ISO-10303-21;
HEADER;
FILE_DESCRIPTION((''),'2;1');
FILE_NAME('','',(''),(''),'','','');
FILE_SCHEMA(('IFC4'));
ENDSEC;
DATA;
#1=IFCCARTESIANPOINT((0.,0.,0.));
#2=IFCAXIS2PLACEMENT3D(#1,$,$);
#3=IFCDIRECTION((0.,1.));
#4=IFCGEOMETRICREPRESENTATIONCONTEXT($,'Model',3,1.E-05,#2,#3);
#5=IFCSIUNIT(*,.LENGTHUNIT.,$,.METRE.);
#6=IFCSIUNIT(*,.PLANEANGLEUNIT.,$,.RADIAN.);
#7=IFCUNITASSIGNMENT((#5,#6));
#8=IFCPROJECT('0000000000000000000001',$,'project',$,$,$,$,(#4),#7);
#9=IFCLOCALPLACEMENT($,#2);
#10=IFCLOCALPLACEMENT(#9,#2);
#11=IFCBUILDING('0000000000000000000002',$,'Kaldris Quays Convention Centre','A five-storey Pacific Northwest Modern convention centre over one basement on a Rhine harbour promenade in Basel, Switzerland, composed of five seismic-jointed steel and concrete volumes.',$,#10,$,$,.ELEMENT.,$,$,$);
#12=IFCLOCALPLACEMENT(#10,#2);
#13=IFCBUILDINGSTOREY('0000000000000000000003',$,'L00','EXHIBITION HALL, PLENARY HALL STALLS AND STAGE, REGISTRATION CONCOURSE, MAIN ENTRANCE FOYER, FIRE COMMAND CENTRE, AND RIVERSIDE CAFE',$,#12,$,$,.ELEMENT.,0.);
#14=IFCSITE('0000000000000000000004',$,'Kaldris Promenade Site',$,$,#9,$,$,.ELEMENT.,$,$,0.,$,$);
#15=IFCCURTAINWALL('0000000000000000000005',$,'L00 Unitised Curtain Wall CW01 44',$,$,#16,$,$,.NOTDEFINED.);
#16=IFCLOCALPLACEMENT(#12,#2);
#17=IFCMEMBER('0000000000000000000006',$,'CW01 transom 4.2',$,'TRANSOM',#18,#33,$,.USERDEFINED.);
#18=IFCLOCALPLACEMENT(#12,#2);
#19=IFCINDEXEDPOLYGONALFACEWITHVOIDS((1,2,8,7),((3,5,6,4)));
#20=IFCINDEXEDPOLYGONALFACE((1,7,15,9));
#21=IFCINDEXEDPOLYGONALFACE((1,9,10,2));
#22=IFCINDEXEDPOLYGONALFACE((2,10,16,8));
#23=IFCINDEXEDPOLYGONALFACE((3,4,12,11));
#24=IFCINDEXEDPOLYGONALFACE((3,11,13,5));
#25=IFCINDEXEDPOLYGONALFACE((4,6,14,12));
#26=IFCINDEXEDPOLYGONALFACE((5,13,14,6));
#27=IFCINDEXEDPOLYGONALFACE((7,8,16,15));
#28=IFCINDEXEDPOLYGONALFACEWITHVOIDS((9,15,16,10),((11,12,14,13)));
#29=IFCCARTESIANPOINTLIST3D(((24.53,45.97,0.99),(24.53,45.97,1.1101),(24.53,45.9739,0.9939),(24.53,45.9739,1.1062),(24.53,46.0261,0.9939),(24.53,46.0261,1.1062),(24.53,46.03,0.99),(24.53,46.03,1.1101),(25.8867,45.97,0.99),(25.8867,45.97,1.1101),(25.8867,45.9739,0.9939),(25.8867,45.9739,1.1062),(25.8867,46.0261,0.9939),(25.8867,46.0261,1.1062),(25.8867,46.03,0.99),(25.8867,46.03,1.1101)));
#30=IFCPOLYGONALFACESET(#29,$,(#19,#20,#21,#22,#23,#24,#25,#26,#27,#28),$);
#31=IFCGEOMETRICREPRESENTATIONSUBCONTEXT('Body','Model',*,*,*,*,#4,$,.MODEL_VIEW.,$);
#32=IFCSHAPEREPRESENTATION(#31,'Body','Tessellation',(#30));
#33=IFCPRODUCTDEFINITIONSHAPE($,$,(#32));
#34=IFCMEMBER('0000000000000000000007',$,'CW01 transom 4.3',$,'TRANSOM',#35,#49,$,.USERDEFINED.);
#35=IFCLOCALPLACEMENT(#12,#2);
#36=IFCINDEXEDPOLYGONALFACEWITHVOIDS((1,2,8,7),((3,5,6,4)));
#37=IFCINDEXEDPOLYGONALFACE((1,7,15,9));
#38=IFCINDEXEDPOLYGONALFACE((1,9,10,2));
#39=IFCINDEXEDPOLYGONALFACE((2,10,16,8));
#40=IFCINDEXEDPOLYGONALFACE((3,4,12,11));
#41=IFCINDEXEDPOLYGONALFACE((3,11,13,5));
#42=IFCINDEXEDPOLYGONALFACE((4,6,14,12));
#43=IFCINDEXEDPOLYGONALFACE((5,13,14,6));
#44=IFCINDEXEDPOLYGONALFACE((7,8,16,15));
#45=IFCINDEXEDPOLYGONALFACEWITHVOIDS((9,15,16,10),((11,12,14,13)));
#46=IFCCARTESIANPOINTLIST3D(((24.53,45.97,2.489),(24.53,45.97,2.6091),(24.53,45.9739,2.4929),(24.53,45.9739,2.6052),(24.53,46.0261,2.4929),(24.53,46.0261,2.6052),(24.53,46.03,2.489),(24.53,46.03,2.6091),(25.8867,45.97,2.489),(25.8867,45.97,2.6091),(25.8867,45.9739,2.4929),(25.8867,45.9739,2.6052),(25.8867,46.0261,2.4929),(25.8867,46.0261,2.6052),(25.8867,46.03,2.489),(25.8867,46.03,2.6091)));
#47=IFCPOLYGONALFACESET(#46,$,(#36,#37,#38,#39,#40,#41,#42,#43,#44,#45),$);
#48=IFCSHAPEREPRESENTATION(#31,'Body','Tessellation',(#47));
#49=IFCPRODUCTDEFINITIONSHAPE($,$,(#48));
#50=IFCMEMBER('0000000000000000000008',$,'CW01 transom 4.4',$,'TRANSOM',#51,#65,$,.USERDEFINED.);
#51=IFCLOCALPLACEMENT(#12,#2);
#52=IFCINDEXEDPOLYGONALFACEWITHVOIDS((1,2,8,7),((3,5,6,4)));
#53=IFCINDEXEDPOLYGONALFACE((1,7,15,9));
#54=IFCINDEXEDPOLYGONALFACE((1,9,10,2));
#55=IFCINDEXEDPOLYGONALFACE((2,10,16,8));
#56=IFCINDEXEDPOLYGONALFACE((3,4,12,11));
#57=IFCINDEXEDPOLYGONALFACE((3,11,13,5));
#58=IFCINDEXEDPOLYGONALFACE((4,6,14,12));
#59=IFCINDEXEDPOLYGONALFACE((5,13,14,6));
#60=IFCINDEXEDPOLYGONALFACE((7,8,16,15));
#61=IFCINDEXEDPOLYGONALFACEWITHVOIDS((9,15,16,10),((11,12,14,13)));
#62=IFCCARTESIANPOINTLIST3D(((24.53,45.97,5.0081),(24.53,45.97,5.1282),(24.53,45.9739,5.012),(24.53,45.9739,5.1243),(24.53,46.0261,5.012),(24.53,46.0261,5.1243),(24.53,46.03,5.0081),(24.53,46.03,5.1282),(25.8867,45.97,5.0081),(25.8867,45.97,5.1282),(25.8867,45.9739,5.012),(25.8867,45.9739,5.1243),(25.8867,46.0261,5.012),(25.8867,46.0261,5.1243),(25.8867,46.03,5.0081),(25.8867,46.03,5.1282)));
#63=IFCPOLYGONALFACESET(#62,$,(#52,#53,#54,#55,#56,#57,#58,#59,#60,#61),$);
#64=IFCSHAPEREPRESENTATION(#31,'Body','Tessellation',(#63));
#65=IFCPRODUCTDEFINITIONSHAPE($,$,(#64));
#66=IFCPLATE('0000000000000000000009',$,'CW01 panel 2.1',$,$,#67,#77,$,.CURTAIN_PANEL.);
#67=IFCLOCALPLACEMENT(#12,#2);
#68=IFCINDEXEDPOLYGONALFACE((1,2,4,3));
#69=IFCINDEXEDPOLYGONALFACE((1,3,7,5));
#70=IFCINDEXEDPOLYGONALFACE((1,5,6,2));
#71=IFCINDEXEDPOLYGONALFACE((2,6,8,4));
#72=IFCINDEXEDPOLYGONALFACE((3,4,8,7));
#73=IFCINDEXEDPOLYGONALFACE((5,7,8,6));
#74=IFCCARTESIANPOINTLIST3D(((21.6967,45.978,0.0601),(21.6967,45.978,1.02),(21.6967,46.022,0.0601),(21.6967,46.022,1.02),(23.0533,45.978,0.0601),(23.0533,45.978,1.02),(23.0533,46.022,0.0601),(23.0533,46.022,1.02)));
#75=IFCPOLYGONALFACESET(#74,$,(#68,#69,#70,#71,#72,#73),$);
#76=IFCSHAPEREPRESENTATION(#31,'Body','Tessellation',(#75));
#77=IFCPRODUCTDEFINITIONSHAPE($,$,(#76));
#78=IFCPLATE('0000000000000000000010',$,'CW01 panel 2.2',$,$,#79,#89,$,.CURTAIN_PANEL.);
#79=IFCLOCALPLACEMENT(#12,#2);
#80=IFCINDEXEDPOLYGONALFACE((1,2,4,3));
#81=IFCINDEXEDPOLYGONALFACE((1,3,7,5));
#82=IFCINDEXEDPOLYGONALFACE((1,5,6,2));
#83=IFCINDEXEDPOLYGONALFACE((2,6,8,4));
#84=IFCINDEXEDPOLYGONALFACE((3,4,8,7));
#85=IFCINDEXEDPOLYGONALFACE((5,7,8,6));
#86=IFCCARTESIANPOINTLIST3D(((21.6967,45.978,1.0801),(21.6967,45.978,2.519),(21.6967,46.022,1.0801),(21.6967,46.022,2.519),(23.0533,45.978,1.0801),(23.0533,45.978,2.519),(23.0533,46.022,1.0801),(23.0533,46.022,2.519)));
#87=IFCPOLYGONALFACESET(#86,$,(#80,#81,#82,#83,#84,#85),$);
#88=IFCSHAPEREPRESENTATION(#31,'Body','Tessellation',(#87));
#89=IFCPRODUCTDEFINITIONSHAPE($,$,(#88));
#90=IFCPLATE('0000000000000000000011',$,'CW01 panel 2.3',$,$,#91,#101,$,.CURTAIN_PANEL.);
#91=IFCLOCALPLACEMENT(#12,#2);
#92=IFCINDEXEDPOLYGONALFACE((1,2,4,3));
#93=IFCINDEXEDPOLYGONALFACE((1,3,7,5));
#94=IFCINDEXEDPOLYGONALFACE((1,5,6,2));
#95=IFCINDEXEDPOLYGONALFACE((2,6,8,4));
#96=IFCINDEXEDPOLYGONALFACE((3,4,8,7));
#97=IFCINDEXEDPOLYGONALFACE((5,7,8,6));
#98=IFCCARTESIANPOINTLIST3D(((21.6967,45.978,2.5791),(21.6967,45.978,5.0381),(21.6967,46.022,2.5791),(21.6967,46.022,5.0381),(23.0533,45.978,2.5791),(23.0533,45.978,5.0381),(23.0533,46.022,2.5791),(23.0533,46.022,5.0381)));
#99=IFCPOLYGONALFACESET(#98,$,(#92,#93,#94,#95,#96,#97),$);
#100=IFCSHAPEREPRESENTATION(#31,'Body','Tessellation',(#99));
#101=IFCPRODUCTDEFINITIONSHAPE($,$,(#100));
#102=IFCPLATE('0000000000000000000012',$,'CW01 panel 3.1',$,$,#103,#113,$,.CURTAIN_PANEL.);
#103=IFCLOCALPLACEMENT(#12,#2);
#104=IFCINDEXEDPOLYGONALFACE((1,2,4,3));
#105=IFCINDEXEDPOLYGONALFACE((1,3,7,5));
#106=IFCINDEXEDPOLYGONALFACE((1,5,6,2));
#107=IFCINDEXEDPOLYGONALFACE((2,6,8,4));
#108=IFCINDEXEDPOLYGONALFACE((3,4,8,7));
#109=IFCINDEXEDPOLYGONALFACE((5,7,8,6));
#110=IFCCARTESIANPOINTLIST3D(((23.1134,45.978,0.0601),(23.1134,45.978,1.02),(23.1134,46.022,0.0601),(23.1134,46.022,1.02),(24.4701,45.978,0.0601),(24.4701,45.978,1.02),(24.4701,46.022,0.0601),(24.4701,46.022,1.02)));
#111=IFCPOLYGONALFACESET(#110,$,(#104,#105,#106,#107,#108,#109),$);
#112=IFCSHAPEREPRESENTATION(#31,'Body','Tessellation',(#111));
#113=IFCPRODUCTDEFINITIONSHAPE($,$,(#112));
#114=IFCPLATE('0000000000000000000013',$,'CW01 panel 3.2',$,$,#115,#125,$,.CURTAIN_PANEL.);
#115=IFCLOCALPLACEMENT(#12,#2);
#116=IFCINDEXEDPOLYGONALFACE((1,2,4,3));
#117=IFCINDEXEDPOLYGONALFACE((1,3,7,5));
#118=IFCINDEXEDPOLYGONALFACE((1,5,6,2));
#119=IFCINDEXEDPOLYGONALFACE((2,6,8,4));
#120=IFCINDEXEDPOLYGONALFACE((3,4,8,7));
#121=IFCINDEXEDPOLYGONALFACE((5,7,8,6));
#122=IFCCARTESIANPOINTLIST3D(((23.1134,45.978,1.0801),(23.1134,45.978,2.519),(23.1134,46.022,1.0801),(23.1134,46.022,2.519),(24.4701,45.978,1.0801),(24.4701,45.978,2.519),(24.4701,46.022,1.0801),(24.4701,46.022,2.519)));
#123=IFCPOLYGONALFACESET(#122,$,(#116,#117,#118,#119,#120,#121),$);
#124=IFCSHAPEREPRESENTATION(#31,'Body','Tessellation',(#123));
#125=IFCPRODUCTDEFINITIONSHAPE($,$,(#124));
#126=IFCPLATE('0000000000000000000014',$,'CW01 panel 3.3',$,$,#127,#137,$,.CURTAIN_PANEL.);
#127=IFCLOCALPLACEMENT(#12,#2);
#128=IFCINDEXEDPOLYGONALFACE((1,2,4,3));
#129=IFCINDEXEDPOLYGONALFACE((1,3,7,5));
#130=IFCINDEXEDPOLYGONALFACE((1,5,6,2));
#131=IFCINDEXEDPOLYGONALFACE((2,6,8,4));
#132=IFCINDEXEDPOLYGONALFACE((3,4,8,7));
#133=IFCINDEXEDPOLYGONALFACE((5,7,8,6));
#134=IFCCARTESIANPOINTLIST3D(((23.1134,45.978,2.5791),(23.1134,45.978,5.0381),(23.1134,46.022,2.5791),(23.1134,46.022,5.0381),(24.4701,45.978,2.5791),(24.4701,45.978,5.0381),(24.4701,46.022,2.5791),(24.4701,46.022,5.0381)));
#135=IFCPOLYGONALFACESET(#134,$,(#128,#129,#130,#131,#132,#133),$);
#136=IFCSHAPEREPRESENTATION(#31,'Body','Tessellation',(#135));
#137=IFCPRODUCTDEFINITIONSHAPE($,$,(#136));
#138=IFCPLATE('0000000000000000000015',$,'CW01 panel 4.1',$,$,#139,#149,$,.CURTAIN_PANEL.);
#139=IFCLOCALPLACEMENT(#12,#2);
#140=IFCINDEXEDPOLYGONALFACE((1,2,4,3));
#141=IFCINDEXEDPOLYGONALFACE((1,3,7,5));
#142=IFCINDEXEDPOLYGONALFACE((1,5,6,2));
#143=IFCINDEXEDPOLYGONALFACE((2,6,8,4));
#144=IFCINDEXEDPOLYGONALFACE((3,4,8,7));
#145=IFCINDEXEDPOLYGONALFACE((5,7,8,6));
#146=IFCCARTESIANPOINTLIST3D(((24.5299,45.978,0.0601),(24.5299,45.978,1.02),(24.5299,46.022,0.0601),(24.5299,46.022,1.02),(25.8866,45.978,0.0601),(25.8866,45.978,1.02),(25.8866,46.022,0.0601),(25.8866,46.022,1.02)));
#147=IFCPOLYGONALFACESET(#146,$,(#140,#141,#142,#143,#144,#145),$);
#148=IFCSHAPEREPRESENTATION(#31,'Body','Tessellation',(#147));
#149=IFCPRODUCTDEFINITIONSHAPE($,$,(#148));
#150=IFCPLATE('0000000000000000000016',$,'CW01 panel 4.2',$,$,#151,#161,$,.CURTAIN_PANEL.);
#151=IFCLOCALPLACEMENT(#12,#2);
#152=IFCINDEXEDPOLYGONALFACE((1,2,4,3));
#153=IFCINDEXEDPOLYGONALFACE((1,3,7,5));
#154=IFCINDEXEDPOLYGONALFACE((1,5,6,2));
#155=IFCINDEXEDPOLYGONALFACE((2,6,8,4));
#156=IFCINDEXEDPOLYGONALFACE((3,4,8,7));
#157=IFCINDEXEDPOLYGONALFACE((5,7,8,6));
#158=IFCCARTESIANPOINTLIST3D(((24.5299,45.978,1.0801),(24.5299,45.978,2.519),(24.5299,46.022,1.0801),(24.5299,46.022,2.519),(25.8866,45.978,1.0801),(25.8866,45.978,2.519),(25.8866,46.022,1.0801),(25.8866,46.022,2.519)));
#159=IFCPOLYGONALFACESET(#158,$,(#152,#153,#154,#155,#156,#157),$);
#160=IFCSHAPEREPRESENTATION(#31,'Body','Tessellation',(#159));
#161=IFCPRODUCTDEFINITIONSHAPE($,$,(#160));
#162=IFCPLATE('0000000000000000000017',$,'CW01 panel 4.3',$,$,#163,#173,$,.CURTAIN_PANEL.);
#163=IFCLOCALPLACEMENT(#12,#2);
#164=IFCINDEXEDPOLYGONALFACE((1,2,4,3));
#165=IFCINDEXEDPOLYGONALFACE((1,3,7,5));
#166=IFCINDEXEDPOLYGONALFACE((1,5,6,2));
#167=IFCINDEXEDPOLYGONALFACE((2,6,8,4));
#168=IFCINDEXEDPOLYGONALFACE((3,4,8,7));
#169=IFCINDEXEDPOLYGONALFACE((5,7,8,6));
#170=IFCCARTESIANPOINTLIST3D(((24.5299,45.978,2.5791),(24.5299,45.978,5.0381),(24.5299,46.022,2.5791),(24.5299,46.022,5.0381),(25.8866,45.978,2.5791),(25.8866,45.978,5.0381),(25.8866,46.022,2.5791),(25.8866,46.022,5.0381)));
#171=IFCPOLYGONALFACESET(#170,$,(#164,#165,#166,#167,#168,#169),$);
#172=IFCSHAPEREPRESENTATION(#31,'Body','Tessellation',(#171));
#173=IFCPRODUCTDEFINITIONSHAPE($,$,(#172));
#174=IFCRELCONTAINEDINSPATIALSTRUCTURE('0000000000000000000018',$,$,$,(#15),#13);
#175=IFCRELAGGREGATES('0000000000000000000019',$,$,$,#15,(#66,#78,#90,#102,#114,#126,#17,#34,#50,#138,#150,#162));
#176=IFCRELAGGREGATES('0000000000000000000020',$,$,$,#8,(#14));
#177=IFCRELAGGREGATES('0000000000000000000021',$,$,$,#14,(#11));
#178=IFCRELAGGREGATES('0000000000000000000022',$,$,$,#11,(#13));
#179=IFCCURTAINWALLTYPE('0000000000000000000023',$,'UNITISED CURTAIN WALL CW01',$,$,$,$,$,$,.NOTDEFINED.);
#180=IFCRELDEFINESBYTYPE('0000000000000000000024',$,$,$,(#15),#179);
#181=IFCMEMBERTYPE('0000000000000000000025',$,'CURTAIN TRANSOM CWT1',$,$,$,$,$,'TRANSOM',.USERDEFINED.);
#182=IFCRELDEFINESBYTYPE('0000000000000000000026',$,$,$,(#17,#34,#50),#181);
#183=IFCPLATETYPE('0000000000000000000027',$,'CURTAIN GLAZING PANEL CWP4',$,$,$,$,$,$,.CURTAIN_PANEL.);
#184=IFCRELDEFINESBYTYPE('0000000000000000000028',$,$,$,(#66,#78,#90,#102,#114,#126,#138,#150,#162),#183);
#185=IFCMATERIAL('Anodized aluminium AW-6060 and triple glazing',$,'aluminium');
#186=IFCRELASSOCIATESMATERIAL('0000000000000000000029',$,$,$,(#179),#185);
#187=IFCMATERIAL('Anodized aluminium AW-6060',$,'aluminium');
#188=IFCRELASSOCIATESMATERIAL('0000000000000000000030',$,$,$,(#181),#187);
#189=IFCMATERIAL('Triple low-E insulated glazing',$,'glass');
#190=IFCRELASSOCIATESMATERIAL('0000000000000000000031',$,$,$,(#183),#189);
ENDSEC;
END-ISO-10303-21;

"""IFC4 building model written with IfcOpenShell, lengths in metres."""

from ifc_helpers import new_model, si_unit, direction, frame, origin, origin_2d, place, context, subcontext, project, spatial, rectangle, hollow_rectangle, extrude, material, material_profile, profile_set, type_object, element, aggregate, save


model = new_model("IFC4")

# Units and contexts
model_context = context("Model", 3, precision=1e-05, world=origin(), true_north=direction((0.0, 1.0)))
body_context = subcontext(model_context, "Body", "Model", "MODEL_VIEW")
ifc_project = project(units=[si_unit("LENGTHUNIT", "METRE"), si_unit("PLANEANGLEUNIT", "RADIAN")], contexts=[model_context])

# Site, building, storey
site_placement = place(None, origin())
site = spatial("IfcSite", under=ifc_project, at=site_placement, Name="Kaldris Promenade Site", CompositionType="ELEMENT", RefElevation=0.0)
building_placement = place(site_placement, origin())
building = spatial("IfcBuilding", under=site, at=building_placement, Name="Kaldris Quays Convention Centre", Description="A five-storey Pacific Northwest Modern convention centre over one basement on a Rhine harbour promenade in Basel, Switzerland, composed of five seismic-jointed steel and concrete volumes.", CompositionType="ELEMENT")
storey_placement = place(building_placement, origin())
storey = spatial("IfcBuildingStorey", under=building, at=storey_placement, Name="L00", Description="EXHIBITION HALL, PLENARY HALL STALLS AND STAGE, REGISTRATION CONCOURSE, MAIN ENTRANCE FOYER, FIRE COMMAND CENTRE, AND RIVERSIDE CAFE", CompositionType="ELEMENT", Elevation=0.0)

# Curtain wall, members, plates
ifc_material_1 = material(Name="Anodized aluminium AW-6060 and triple glazing", Category="aluminium")
curtain_wall_type = type_object("IfcCurtainWallType", Name="UNITISED CURTAIN WALL CW01", PredefinedType="NOTDEFINED", material=ifc_material_1)
curtain_wall_placement = place(storey_placement, origin())
curtain_wall = element("IfcCurtainWall", 1, at=curtain_wall_placement, inside=storey, type_object=curtain_wall_type, Name="L00 Unitised Curtain Wall CW01 44", PredefinedType="NOTDEFINED")
ifc_material_2 = material(Name="Anodized aluminium AW-6060", Category="aluminium")
ifc_material_profile_1 = material_profile(ifc_material_2, hollow_rectangle(XDim=0.0601, YDim=0.1201, WallThickness=0.0039, at=origin_2d()), Name="RHS 120x60x4")
ifc_profile_set_1 = profile_set([ifc_material_profile_1], Name="Anodized aluminium AW-6060")
member_type_1 = type_object("IfcMemberType", Name="CURTAIN TRANSOM CWT1", ElementType="TRANSOM", PredefinedType="USERDEFINED", material=ifc_profile_set_1)
member_1_placement = place(storey_placement, frame((24.53, 46.0, 1.05), z_axis=(1.0, 0.0, 0.0), x_axis=(0.0, 1.0, 0.0)))
member_1 = element("IfcMember", 2, at=member_1_placement, type_object=member_type_1, Name="CW01 transom 4.2", ObjectType="TRANSOM", PredefinedType="USERDEFINED", context=body_context, shape_type="SweptSolid", body=[
    extrude(hollow_rectangle(XDim=0.0601, YDim=0.1201, WallThickness=0.0039, at=origin_2d()), origin(), (0.0, 0.0, 1.0), 1.3567),
])
member_2_placement = place(storey_placement, frame((24.53, 46.0, 2.5491), z_axis=(1.0, 0.0, 0.0), x_axis=(0.0, 1.0, 0.0)))
member_2 = element("IfcMember", 3, at=member_2_placement, type_object=member_type_1, Name="CW01 transom 4.3", ObjectType="TRANSOM", PredefinedType="USERDEFINED", context=body_context, shape_type="SweptSolid", body=[
    extrude(hollow_rectangle(XDim=0.0601, YDim=0.1201, WallThickness=0.0039, at=origin_2d()), origin(), (0.0, 0.0, 1.0), 1.3567),
])
member_3_placement = place(storey_placement, frame((24.53, 46.0, 5.0681), z_axis=(1.0, 0.0, 0.0), x_axis=(0.0, 1.0, 0.0)))
member_3 = element("IfcMember", 4, at=member_3_placement, type_object=member_type_1, Name="CW01 transom 4.4", ObjectType="TRANSOM", PredefinedType="USERDEFINED", context=body_context, shape_type="SweptSolid", body=[
    extrude(hollow_rectangle(XDim=0.0601, YDim=0.1201, WallThickness=0.0039, at=origin_2d()), origin(), (0.0, 0.0, 1.0), 1.3567),
])
ifc_material_3 = material(Name="Triple low-E insulated glazing", Category="glass")
plate_type = type_object("IfcPlateType", Name="CURTAIN GLAZING PANEL CWP4", PredefinedType="CURTAIN_PANEL", material=ifc_material_3)
plate_1_placement = place(storey_placement, frame((22.375, 46.0, 0.0601), z_axis=(0.0, 0.0, 1.0), x_axis=(1.0, 0.0, 0.0)))
plate_1 = element("IfcPlate", 5, at=plate_1_placement, type_object=plate_type, Name="CW01 panel 2.1", PredefinedType="CURTAIN_PANEL", context=body_context, shape_type="SweptSolid", body=[
    extrude(rectangle(XDim=1.3567, YDim=0.0439, at=origin_2d()), origin(), (0.0, 0.0, 1.0), 0.96),
])
plate_2_placement = place(storey_placement, frame((22.375, 46.0, 1.0801), z_axis=(0.0, 0.0, 1.0), x_axis=(1.0, 0.0, 0.0)))
plate_2 = element("IfcPlate", 6, at=plate_2_placement, type_object=plate_type, Name="CW01 panel 2.2", PredefinedType="CURTAIN_PANEL", context=body_context, shape_type="SweptSolid", body=[
    extrude(rectangle(XDim=1.3567, YDim=0.0439, at=origin_2d()), origin(), (0.0, 0.0, 1.0), 1.439),
])
plate_3_placement = place(storey_placement, frame((22.375, 46.0, 2.5791), z_axis=(0.0, 0.0, 1.0), x_axis=(1.0, 0.0, 0.0)))
plate_3 = element("IfcPlate", 7, at=plate_3_placement, type_object=plate_type, Name="CW01 panel 2.3", PredefinedType="CURTAIN_PANEL", context=body_context, shape_type="SweptSolid", body=[
    extrude(rectangle(XDim=1.3567, YDim=0.0439, at=origin_2d()), origin(), (0.0, 0.0, 1.0), 2.459),
])
plate_4_placement = place(storey_placement, frame((23.7917, 46.0, 0.0601), z_axis=(0.0, 0.0, 1.0), x_axis=(1.0, 0.0, 0.0)))
plate_4 = element("IfcPlate", 8, at=plate_4_placement, type_object=plate_type, Name="CW01 panel 3.1", PredefinedType="CURTAIN_PANEL", context=body_context, shape_type="SweptSolid", body=[
    extrude(rectangle(XDim=1.3567, YDim=0.0439, at=origin_2d()), origin(), (0.0, 0.0, 1.0), 0.96),
])
plate_5_placement = place(storey_placement, frame((23.7917, 46.0, 1.0801), z_axis=(0.0, 0.0, 1.0), x_axis=(1.0, 0.0, 0.0)))
plate_5 = element("IfcPlate", 9, at=plate_5_placement, type_object=plate_type, Name="CW01 panel 3.2", PredefinedType="CURTAIN_PANEL", context=body_context, shape_type="SweptSolid", body=[
    extrude(rectangle(XDim=1.3567, YDim=0.0439, at=origin_2d()), origin(), (0.0, 0.0, 1.0), 1.439),
])
plate_6_placement = place(storey_placement, frame((23.7917, 46.0, 2.5791), z_axis=(0.0, 0.0, 1.0), x_axis=(1.0, 0.0, 0.0)))
plate_6 = element("IfcPlate", 10, at=plate_6_placement, type_object=plate_type, Name="CW01 panel 3.3", PredefinedType="CURTAIN_PANEL", context=body_context, shape_type="SweptSolid", body=[
    extrude(rectangle(XDim=1.3567, YDim=0.0439, at=origin_2d()), origin(), (0.0, 0.0, 1.0), 2.459),
])
plate_7_placement = place(storey_placement, frame((25.2083, 46.0, 0.0601), z_axis=(0.0, 0.0, 1.0), x_axis=(1.0, 0.0, 0.0)))
plate_7 = element("IfcPlate", 11, at=plate_7_placement, type_object=plate_type, Name="CW01 panel 4.1", PredefinedType="CURTAIN_PANEL", context=body_context, shape_type="SweptSolid", body=[
    extrude(rectangle(XDim=1.3567, YDim=0.0439, at=origin_2d()), origin(), (0.0, 0.0, 1.0), 0.96),
])
plate_8_placement = place(storey_placement, frame((25.2083, 46.0, 1.0801), z_axis=(0.0, 0.0, 1.0), x_axis=(1.0, 0.0, 0.0)))
plate_8 = element("IfcPlate", 12, at=plate_8_placement, type_object=plate_type, Name="CW01 panel 4.2", PredefinedType="CURTAIN_PANEL", context=body_context, shape_type="SweptSolid", body=[
    extrude(rectangle(XDim=1.3567, YDim=0.0439, at=origin_2d()), origin(), (0.0, 0.0, 1.0), 1.439),
])
plate_9_placement = place(storey_placement, frame((25.2083, 46.0, 2.5791), z_axis=(0.0, 0.0, 1.0), x_axis=(1.0, 0.0, 0.0)))
plate_9 = element("IfcPlate", 13, at=plate_9_placement, type_object=plate_type, Name="CW01 panel 4.3", PredefinedType="CURTAIN_PANEL", context=body_context, shape_type="SweptSolid", body=[
    extrude(rectangle(XDim=1.3567, YDim=0.0439, at=origin_2d()), origin(), (0.0, 0.0, 1.0), 2.459),
])
aggregate(curtain_wall, [plate_1, plate_2, plate_3, plate_4, plate_5, plate_6, member_1, member_2, member_3, plate_7, plate_8, plate_9])

save(model, "model.ifc")
